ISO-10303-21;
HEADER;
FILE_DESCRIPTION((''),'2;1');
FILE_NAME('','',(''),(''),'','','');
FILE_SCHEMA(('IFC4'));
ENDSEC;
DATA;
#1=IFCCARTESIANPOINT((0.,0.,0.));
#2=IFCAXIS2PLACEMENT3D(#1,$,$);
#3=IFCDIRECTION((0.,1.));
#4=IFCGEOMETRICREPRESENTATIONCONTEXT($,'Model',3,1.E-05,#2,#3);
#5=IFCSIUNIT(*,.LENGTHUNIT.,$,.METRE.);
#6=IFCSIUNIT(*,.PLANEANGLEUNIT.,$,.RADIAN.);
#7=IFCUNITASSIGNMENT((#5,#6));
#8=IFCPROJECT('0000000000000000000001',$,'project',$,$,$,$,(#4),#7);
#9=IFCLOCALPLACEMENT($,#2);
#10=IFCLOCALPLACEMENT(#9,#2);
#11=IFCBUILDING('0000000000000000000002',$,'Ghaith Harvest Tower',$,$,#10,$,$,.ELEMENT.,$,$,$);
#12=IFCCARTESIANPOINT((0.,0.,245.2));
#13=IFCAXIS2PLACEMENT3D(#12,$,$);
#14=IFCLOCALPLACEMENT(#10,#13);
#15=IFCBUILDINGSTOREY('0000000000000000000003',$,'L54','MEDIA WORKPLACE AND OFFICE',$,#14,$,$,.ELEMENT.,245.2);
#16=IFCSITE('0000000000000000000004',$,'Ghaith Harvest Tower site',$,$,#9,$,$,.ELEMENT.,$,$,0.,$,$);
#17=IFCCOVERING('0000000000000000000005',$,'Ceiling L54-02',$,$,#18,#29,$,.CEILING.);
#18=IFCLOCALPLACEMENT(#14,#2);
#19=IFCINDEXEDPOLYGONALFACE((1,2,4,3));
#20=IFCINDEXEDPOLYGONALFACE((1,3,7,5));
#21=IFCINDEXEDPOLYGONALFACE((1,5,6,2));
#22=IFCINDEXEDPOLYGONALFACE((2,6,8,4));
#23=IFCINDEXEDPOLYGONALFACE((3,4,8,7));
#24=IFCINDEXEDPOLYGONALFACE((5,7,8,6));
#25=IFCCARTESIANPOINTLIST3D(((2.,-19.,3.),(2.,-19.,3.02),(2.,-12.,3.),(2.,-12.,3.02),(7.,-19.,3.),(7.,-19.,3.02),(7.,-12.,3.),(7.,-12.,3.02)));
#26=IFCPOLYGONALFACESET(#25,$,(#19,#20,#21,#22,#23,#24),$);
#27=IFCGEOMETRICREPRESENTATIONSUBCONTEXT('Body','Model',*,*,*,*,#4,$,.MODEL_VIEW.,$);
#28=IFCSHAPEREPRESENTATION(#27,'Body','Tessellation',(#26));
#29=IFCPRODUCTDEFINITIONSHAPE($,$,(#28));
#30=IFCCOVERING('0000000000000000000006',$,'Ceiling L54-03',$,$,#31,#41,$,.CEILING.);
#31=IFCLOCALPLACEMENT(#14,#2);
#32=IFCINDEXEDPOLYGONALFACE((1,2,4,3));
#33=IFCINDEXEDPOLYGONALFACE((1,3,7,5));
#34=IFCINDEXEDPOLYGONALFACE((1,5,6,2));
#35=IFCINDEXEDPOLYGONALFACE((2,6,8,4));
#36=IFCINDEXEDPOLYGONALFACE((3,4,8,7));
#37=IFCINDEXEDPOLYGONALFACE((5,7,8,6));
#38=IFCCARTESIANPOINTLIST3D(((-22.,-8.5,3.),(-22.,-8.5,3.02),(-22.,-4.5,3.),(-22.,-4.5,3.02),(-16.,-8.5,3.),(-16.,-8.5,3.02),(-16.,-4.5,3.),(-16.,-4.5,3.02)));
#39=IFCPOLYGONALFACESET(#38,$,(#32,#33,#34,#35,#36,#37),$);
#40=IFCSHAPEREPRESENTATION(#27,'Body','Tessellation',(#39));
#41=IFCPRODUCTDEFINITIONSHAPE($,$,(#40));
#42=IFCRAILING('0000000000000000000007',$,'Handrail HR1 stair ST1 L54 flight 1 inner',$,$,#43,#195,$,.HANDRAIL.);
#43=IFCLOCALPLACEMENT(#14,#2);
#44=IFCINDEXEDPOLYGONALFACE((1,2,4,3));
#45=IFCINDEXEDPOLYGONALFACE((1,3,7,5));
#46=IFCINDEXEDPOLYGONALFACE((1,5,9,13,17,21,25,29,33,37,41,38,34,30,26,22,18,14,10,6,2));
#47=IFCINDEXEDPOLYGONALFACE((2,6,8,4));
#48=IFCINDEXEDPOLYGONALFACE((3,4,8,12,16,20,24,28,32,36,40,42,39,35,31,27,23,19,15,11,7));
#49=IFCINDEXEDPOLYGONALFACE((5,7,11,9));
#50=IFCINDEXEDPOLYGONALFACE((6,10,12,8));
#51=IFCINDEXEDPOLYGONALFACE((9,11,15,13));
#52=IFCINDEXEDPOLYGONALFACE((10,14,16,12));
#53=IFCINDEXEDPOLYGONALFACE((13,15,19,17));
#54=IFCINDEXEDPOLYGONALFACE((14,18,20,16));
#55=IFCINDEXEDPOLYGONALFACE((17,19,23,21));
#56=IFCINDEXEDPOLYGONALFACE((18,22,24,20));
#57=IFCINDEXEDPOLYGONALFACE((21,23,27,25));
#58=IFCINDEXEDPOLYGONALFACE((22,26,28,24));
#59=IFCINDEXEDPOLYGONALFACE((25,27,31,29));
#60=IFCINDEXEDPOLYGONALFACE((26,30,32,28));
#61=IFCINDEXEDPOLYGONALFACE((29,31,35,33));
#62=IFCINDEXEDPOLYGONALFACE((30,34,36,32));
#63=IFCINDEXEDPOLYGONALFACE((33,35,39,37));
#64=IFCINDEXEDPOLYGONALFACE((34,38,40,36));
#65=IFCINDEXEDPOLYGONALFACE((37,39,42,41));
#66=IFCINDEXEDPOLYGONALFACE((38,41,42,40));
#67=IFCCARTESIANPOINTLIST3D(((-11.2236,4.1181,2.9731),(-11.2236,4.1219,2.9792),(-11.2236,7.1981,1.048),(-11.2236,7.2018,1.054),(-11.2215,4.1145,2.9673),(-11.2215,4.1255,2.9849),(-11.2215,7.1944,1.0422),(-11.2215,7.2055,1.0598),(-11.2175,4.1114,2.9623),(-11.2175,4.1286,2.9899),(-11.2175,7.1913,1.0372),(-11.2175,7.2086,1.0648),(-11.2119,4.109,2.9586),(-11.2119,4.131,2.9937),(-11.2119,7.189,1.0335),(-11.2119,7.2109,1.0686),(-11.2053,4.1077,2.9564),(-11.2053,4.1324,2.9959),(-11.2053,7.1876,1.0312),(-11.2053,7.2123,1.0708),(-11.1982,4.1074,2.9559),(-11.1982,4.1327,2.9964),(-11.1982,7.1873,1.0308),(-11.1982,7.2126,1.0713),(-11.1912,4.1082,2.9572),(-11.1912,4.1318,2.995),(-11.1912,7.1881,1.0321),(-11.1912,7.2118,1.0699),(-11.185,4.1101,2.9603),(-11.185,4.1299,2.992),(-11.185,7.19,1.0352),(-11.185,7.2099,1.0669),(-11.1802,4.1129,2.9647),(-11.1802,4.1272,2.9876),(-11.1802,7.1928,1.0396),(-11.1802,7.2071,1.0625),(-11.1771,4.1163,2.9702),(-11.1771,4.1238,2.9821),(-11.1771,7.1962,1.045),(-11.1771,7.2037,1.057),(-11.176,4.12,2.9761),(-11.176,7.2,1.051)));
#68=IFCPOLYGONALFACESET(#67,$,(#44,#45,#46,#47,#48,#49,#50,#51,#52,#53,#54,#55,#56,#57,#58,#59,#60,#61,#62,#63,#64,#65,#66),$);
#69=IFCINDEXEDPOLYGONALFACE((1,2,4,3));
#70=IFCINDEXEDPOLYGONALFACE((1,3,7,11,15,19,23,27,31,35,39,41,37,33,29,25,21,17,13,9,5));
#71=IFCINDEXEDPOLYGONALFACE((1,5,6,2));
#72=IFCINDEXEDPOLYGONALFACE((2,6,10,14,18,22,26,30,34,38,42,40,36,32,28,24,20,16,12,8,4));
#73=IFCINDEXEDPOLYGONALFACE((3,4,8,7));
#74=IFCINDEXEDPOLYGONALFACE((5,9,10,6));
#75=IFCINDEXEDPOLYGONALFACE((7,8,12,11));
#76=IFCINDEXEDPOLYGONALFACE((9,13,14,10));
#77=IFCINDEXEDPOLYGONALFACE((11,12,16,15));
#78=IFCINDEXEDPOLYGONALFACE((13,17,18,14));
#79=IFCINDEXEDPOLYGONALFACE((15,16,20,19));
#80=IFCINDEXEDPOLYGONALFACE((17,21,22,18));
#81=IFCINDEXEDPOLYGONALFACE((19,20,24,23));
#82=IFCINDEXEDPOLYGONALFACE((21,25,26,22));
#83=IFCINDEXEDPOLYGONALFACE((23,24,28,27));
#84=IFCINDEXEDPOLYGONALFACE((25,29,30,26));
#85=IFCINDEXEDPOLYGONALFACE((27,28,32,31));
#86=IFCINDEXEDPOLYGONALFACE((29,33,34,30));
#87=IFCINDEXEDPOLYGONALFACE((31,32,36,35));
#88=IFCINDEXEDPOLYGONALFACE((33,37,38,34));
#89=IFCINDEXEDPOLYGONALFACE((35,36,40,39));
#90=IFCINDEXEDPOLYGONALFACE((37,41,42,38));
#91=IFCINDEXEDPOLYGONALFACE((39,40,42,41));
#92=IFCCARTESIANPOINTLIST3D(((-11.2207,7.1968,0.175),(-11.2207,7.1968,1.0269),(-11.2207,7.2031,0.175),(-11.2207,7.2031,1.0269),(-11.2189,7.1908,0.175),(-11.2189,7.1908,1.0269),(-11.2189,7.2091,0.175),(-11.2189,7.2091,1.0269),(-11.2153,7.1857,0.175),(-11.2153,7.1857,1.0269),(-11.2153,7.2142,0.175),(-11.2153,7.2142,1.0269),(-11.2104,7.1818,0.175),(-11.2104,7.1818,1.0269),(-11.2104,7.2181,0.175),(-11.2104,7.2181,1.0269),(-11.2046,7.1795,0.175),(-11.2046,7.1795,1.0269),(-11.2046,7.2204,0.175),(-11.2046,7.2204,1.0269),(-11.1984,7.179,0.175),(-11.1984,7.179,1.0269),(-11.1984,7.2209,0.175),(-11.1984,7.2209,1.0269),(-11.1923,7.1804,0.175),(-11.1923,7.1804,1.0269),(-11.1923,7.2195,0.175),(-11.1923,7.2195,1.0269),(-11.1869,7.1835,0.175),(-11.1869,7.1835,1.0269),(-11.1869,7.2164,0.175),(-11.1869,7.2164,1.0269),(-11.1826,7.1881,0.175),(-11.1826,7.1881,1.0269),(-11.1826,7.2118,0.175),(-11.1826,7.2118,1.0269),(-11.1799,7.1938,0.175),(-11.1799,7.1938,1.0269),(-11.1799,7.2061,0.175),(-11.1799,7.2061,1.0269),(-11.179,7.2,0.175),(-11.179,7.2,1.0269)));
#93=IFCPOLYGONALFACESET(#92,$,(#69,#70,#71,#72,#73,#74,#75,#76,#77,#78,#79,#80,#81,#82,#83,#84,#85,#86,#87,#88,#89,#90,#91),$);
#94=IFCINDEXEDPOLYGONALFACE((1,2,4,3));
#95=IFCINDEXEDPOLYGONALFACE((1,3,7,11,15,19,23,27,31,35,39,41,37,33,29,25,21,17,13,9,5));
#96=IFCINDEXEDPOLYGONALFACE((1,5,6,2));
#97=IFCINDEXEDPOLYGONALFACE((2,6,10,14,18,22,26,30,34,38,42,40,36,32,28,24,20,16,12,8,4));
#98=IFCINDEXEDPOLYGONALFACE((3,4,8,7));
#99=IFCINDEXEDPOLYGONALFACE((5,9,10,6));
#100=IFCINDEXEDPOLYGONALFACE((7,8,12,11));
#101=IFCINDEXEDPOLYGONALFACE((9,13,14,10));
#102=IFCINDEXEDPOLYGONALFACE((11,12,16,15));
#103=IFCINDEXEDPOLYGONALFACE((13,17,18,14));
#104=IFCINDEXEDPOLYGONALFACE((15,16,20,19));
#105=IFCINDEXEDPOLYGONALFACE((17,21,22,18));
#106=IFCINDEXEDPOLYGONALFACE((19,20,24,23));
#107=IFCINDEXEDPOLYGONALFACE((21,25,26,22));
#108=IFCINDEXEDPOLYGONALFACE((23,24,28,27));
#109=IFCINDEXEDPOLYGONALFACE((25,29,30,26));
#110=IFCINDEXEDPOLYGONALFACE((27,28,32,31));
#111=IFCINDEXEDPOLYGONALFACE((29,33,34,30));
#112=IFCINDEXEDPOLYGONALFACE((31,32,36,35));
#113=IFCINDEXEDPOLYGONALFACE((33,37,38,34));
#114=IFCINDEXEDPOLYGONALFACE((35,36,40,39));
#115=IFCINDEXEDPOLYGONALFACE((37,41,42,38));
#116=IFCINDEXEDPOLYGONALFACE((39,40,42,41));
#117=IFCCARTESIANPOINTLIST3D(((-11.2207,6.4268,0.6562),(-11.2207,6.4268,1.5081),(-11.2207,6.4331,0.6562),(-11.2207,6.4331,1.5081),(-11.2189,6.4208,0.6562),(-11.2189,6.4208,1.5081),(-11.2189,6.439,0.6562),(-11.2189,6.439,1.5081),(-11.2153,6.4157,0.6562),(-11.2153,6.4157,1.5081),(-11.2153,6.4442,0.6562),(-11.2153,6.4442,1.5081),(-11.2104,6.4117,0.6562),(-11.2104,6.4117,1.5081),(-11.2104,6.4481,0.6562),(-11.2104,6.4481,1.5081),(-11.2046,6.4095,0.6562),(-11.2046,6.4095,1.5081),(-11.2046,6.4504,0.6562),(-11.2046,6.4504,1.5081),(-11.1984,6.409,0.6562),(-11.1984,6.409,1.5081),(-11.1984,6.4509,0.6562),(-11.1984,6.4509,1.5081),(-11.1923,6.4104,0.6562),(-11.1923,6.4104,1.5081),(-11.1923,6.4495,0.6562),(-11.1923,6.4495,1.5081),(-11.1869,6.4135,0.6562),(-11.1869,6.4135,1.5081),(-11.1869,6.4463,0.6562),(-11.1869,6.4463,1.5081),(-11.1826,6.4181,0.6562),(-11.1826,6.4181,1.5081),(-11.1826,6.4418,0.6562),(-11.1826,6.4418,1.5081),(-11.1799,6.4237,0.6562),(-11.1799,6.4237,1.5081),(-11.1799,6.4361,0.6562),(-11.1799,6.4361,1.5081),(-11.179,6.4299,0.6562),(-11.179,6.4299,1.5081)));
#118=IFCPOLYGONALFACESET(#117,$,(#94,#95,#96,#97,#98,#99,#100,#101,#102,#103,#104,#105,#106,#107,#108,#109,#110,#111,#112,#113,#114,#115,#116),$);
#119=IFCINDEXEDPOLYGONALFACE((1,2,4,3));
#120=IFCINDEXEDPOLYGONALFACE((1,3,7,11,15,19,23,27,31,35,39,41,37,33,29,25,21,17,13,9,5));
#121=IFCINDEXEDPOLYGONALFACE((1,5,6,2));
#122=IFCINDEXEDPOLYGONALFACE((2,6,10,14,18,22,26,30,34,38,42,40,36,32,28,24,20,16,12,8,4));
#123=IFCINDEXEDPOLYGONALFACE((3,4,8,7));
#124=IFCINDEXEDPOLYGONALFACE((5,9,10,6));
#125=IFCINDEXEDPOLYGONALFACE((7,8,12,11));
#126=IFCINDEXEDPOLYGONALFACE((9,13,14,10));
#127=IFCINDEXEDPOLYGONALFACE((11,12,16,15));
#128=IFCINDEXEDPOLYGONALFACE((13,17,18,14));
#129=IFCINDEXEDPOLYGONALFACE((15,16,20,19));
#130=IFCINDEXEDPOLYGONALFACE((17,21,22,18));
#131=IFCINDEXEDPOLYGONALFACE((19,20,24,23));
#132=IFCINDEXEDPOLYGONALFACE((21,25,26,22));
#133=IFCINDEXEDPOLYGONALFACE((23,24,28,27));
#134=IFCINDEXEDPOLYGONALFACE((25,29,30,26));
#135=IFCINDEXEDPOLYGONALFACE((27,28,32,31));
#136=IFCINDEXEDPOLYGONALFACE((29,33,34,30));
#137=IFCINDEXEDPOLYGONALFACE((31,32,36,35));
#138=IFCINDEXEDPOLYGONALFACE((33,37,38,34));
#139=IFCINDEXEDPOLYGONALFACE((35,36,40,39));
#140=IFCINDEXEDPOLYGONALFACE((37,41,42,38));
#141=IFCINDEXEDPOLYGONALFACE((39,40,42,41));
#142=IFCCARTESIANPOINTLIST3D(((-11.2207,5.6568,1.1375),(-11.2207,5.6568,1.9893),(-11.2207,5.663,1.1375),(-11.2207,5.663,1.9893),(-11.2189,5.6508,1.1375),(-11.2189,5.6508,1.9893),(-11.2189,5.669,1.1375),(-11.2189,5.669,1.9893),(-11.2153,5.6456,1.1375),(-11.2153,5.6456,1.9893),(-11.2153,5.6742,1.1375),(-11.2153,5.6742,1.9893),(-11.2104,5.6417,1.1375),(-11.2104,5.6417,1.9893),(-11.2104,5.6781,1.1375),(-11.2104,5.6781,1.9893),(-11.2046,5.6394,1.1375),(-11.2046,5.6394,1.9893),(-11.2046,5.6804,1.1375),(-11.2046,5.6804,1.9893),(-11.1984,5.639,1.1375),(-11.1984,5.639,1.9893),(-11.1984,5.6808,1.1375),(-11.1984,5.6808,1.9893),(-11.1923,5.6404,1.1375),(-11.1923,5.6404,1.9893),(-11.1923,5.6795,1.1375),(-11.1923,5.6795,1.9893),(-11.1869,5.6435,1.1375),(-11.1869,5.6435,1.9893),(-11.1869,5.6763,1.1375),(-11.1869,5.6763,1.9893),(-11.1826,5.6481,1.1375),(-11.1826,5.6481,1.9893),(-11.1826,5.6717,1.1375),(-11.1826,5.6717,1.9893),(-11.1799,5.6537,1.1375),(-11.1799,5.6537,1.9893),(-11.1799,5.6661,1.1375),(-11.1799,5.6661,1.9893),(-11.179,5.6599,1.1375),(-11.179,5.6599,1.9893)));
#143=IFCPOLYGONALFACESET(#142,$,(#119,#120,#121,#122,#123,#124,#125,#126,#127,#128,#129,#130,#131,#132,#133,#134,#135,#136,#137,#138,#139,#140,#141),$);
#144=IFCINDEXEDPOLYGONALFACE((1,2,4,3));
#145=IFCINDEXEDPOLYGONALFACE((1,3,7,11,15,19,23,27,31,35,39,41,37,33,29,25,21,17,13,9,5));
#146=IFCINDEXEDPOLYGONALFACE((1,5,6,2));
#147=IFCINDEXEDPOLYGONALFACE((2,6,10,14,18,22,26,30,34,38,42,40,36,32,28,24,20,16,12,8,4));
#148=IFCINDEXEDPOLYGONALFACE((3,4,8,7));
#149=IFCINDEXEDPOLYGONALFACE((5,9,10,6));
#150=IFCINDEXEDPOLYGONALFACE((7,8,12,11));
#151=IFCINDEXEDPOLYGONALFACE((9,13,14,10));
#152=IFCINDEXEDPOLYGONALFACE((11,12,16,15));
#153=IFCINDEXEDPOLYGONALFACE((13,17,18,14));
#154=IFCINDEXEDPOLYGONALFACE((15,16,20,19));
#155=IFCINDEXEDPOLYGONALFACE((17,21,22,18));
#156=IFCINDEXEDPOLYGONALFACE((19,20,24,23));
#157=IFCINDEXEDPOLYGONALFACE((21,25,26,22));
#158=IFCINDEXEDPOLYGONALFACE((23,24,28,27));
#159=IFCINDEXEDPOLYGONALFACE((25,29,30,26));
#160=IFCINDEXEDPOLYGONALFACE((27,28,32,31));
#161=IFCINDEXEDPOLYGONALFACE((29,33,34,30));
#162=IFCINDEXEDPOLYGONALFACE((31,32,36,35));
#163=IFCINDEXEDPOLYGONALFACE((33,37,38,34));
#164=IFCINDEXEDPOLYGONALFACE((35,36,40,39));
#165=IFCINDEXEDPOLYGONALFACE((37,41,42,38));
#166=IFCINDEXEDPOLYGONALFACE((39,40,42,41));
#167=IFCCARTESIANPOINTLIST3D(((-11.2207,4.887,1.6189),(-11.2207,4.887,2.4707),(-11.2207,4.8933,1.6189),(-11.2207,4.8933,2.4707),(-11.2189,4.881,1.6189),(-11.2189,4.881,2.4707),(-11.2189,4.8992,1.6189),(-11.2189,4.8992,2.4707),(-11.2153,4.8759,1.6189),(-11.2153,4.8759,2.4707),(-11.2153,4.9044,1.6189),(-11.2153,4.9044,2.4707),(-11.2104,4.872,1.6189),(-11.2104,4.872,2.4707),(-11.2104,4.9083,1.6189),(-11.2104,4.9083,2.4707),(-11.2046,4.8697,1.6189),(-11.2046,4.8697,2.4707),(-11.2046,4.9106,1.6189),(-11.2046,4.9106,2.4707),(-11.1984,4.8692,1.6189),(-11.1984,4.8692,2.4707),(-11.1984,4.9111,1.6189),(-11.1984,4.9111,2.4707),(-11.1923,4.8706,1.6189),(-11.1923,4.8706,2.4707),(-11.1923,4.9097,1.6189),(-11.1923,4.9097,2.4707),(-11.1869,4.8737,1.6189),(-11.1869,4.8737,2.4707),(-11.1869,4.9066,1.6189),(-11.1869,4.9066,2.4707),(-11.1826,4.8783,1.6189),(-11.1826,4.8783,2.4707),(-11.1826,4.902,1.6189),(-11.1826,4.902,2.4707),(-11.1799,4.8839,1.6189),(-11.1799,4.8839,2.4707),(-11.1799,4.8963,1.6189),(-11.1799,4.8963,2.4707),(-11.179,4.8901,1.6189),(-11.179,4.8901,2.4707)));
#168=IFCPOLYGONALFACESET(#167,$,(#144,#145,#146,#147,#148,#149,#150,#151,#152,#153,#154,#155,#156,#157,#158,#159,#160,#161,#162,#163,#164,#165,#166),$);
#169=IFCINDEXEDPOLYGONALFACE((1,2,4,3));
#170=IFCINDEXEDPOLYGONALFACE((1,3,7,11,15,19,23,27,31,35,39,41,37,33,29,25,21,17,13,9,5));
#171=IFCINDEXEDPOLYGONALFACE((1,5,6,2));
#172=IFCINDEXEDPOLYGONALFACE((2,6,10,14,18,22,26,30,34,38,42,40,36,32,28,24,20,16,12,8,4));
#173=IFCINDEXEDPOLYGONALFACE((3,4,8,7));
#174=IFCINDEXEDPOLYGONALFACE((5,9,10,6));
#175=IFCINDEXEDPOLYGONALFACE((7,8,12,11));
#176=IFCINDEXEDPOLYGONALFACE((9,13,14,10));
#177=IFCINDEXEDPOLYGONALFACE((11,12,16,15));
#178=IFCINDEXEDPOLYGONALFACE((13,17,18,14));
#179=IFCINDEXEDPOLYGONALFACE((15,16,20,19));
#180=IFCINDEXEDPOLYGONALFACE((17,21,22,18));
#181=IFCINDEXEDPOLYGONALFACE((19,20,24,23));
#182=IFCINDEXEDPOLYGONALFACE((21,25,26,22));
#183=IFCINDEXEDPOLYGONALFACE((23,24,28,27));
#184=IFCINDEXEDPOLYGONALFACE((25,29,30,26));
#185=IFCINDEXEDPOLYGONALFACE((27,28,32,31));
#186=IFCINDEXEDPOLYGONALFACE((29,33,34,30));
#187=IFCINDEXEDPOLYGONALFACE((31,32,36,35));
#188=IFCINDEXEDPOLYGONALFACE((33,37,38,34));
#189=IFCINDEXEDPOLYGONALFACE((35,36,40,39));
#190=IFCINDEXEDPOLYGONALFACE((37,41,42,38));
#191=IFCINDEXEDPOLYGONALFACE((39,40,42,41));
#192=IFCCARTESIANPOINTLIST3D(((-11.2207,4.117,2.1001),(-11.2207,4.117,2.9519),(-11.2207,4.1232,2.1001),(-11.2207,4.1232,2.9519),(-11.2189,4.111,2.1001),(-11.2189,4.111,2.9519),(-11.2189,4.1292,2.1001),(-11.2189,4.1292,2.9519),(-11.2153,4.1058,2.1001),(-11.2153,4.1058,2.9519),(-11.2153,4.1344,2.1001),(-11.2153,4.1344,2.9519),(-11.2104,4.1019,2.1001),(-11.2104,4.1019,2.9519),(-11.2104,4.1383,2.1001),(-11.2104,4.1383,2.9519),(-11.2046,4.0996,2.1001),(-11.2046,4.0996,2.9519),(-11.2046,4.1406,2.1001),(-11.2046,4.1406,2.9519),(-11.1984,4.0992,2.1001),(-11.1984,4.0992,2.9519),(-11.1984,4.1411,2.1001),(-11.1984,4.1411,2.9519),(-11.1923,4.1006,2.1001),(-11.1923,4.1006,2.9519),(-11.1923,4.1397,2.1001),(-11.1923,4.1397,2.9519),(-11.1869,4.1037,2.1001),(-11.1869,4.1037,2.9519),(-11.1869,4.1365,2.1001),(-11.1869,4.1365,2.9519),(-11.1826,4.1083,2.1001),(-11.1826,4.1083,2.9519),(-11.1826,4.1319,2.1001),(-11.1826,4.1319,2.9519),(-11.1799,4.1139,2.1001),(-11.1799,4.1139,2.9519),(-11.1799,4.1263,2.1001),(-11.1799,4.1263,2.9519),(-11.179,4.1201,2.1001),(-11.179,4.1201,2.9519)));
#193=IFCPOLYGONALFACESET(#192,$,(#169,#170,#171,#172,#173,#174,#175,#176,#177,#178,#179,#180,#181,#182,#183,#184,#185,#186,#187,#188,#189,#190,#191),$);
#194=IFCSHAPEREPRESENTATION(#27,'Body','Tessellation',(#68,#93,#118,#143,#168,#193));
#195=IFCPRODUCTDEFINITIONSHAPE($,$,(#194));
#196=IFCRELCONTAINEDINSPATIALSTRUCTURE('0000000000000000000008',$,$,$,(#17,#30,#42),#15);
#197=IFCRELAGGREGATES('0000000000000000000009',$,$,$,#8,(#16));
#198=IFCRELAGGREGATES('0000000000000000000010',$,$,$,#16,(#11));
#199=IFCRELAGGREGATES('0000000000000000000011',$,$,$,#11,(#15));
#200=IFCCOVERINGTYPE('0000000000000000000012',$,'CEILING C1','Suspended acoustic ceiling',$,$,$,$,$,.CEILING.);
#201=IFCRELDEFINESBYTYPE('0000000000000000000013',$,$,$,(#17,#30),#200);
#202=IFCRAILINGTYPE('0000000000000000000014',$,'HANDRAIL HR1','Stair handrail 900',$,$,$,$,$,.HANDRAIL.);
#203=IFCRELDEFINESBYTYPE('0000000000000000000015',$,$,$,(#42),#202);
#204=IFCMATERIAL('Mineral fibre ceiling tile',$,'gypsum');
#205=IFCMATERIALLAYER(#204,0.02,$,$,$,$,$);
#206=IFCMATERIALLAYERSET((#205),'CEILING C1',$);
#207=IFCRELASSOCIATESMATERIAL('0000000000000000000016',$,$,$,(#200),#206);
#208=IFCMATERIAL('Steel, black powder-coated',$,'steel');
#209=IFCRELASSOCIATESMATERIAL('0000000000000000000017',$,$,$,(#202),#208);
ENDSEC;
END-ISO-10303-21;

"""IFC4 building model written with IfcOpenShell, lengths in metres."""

from ifc_helpers import new_model, si_unit, direction, frame, origin, origin_2d, place, context, subcontext, project, spatial, polyline, circle, outline, extrude, material, layer, layer_set, type_object, element, save


model = new_model("IFC4")

# Units and contexts
model_context = context("Model", 3, precision=1e-05, world=origin(), true_north=direction((0.0, 1.0)))
body_context = subcontext(model_context, "Body", "Model", "MODEL_VIEW")
ifc_project = project(units=[si_unit("LENGTHUNIT", "METRE"), si_unit("PLANEANGLEUNIT", "RADIAN")], contexts=[model_context])

# Site, building, storey
site_placement = place(None, origin())
site = spatial("IfcSite", under=ifc_project, at=site_placement, Name="Ghaith Harvest Tower site", CompositionType="ELEMENT", RefElevation=0.0)
building_placement = place(site_placement, origin())
building = spatial("IfcBuilding", under=site, at=building_placement, Name="Ghaith Harvest Tower", CompositionType="ELEMENT")
storey_placement = place(building_placement, frame((0.0, 0.0, 245.2)))
storey = spatial("IfcBuildingStorey", under=building, at=storey_placement, Name="L54", Description="MEDIA WORKPLACE AND OFFICE", CompositionType="ELEMENT", Elevation=245.2)

# Coverings
ifc_material_1 = material(Name="Mineral fibre ceiling tile", Category="gypsum")
ifc_layer_1 = layer(ifc_material_1, 0.02)
ifc_layer_set_1 = layer_set([ifc_layer_1], Name="CEILING C1")
covering_type = type_object("IfcCoveringType", Name="CEILING C1", Description="Suspended acoustic ceiling", PredefinedType="CEILING", material=ifc_layer_set_1)
covering_1_placement = place(storey_placement, frame((0.0, 0.0, 3.0)))
element("IfcCovering", 1, at=covering_1_placement, inside=storey, type_object=covering_type, Name="Ceiling L54-02", PredefinedType="CEILING", context=body_context, shape_type="SweptSolid", body=[
    extrude(outline(polyline([(2.0, -19.0), (7.0, -19.0), (7.0, -12.0), (2.0, -12.0), (2.0, -19.0)])), origin(), (0.0, 0.0, 1.0), 0.02),
])
covering_2_placement = place(storey_placement, frame((0.0, 0.0, 3.0)))
element("IfcCovering", 2, at=covering_2_placement, inside=storey, type_object=covering_type, Name="Ceiling L54-03", PredefinedType="CEILING", context=body_context, shape_type="SweptSolid", body=[
    extrude(outline(polyline([(-22.0, -8.5), (-16.0, -8.5), (-16.0, -4.5), (-22.0, -4.5), (-22.0, -8.5)])), origin(), (0.0, 0.0, 1.0), 0.02),
])

# Railing
ifc_material_2 = material(Name="Steel, black powder-coated", Category="steel")
railing_type = type_object("IfcRailingType", Name="HANDRAIL HR1", Description="Stair handrail 900", PredefinedType="HANDRAIL", material=ifc_material_2)
railing_1_placement = place(storey_placement, frame((-11.2, 7.2, 0.175)))
element("IfcRailing", 3, at=railing_1_placement, inside=storey, type_object=railing_type, Name="Handrail HR1 stair ST1 L54 flight 1 inner", PredefinedType="HANDRAIL", context=body_context, shape_type="SweptSolid", body=[
    extrude(circle(Radius=0.0239, at=origin_2d()), frame((0.0, 0.0, 0.876), z_axis=(0.0, -0.847979, 0.530029), x_axis=(1.0, 0.0, 0.0)), (0.0, 0.0, 1.0), 3.6321),
    extrude(circle(Radius=0.021, at=origin_2d()), origin(), (0.0, 0.0, 1.0), 0.8518),
    extrude(circle(Radius=0.021, at=origin_2d()), frame((0.0, -0.77, 0.4812)), (0.0, 0.0, 1.0), 0.8518),
    extrude(circle(Radius=0.021, at=origin_2d()), frame((0.0, -1.54, 0.9624)), (0.0, 0.0, 1.0), 0.8518),
    extrude(circle(Radius=0.021, at=origin_2d()), frame((0.0, -2.3098, 1.4438)), (0.0, 0.0, 1.0), 0.8518),
    extrude(circle(Radius=0.021, at=origin_2d()), frame((0.0, -3.0798, 1.925)), (0.0, 0.0, 1.0), 0.8518),
])

save(model, "model.ifc")
